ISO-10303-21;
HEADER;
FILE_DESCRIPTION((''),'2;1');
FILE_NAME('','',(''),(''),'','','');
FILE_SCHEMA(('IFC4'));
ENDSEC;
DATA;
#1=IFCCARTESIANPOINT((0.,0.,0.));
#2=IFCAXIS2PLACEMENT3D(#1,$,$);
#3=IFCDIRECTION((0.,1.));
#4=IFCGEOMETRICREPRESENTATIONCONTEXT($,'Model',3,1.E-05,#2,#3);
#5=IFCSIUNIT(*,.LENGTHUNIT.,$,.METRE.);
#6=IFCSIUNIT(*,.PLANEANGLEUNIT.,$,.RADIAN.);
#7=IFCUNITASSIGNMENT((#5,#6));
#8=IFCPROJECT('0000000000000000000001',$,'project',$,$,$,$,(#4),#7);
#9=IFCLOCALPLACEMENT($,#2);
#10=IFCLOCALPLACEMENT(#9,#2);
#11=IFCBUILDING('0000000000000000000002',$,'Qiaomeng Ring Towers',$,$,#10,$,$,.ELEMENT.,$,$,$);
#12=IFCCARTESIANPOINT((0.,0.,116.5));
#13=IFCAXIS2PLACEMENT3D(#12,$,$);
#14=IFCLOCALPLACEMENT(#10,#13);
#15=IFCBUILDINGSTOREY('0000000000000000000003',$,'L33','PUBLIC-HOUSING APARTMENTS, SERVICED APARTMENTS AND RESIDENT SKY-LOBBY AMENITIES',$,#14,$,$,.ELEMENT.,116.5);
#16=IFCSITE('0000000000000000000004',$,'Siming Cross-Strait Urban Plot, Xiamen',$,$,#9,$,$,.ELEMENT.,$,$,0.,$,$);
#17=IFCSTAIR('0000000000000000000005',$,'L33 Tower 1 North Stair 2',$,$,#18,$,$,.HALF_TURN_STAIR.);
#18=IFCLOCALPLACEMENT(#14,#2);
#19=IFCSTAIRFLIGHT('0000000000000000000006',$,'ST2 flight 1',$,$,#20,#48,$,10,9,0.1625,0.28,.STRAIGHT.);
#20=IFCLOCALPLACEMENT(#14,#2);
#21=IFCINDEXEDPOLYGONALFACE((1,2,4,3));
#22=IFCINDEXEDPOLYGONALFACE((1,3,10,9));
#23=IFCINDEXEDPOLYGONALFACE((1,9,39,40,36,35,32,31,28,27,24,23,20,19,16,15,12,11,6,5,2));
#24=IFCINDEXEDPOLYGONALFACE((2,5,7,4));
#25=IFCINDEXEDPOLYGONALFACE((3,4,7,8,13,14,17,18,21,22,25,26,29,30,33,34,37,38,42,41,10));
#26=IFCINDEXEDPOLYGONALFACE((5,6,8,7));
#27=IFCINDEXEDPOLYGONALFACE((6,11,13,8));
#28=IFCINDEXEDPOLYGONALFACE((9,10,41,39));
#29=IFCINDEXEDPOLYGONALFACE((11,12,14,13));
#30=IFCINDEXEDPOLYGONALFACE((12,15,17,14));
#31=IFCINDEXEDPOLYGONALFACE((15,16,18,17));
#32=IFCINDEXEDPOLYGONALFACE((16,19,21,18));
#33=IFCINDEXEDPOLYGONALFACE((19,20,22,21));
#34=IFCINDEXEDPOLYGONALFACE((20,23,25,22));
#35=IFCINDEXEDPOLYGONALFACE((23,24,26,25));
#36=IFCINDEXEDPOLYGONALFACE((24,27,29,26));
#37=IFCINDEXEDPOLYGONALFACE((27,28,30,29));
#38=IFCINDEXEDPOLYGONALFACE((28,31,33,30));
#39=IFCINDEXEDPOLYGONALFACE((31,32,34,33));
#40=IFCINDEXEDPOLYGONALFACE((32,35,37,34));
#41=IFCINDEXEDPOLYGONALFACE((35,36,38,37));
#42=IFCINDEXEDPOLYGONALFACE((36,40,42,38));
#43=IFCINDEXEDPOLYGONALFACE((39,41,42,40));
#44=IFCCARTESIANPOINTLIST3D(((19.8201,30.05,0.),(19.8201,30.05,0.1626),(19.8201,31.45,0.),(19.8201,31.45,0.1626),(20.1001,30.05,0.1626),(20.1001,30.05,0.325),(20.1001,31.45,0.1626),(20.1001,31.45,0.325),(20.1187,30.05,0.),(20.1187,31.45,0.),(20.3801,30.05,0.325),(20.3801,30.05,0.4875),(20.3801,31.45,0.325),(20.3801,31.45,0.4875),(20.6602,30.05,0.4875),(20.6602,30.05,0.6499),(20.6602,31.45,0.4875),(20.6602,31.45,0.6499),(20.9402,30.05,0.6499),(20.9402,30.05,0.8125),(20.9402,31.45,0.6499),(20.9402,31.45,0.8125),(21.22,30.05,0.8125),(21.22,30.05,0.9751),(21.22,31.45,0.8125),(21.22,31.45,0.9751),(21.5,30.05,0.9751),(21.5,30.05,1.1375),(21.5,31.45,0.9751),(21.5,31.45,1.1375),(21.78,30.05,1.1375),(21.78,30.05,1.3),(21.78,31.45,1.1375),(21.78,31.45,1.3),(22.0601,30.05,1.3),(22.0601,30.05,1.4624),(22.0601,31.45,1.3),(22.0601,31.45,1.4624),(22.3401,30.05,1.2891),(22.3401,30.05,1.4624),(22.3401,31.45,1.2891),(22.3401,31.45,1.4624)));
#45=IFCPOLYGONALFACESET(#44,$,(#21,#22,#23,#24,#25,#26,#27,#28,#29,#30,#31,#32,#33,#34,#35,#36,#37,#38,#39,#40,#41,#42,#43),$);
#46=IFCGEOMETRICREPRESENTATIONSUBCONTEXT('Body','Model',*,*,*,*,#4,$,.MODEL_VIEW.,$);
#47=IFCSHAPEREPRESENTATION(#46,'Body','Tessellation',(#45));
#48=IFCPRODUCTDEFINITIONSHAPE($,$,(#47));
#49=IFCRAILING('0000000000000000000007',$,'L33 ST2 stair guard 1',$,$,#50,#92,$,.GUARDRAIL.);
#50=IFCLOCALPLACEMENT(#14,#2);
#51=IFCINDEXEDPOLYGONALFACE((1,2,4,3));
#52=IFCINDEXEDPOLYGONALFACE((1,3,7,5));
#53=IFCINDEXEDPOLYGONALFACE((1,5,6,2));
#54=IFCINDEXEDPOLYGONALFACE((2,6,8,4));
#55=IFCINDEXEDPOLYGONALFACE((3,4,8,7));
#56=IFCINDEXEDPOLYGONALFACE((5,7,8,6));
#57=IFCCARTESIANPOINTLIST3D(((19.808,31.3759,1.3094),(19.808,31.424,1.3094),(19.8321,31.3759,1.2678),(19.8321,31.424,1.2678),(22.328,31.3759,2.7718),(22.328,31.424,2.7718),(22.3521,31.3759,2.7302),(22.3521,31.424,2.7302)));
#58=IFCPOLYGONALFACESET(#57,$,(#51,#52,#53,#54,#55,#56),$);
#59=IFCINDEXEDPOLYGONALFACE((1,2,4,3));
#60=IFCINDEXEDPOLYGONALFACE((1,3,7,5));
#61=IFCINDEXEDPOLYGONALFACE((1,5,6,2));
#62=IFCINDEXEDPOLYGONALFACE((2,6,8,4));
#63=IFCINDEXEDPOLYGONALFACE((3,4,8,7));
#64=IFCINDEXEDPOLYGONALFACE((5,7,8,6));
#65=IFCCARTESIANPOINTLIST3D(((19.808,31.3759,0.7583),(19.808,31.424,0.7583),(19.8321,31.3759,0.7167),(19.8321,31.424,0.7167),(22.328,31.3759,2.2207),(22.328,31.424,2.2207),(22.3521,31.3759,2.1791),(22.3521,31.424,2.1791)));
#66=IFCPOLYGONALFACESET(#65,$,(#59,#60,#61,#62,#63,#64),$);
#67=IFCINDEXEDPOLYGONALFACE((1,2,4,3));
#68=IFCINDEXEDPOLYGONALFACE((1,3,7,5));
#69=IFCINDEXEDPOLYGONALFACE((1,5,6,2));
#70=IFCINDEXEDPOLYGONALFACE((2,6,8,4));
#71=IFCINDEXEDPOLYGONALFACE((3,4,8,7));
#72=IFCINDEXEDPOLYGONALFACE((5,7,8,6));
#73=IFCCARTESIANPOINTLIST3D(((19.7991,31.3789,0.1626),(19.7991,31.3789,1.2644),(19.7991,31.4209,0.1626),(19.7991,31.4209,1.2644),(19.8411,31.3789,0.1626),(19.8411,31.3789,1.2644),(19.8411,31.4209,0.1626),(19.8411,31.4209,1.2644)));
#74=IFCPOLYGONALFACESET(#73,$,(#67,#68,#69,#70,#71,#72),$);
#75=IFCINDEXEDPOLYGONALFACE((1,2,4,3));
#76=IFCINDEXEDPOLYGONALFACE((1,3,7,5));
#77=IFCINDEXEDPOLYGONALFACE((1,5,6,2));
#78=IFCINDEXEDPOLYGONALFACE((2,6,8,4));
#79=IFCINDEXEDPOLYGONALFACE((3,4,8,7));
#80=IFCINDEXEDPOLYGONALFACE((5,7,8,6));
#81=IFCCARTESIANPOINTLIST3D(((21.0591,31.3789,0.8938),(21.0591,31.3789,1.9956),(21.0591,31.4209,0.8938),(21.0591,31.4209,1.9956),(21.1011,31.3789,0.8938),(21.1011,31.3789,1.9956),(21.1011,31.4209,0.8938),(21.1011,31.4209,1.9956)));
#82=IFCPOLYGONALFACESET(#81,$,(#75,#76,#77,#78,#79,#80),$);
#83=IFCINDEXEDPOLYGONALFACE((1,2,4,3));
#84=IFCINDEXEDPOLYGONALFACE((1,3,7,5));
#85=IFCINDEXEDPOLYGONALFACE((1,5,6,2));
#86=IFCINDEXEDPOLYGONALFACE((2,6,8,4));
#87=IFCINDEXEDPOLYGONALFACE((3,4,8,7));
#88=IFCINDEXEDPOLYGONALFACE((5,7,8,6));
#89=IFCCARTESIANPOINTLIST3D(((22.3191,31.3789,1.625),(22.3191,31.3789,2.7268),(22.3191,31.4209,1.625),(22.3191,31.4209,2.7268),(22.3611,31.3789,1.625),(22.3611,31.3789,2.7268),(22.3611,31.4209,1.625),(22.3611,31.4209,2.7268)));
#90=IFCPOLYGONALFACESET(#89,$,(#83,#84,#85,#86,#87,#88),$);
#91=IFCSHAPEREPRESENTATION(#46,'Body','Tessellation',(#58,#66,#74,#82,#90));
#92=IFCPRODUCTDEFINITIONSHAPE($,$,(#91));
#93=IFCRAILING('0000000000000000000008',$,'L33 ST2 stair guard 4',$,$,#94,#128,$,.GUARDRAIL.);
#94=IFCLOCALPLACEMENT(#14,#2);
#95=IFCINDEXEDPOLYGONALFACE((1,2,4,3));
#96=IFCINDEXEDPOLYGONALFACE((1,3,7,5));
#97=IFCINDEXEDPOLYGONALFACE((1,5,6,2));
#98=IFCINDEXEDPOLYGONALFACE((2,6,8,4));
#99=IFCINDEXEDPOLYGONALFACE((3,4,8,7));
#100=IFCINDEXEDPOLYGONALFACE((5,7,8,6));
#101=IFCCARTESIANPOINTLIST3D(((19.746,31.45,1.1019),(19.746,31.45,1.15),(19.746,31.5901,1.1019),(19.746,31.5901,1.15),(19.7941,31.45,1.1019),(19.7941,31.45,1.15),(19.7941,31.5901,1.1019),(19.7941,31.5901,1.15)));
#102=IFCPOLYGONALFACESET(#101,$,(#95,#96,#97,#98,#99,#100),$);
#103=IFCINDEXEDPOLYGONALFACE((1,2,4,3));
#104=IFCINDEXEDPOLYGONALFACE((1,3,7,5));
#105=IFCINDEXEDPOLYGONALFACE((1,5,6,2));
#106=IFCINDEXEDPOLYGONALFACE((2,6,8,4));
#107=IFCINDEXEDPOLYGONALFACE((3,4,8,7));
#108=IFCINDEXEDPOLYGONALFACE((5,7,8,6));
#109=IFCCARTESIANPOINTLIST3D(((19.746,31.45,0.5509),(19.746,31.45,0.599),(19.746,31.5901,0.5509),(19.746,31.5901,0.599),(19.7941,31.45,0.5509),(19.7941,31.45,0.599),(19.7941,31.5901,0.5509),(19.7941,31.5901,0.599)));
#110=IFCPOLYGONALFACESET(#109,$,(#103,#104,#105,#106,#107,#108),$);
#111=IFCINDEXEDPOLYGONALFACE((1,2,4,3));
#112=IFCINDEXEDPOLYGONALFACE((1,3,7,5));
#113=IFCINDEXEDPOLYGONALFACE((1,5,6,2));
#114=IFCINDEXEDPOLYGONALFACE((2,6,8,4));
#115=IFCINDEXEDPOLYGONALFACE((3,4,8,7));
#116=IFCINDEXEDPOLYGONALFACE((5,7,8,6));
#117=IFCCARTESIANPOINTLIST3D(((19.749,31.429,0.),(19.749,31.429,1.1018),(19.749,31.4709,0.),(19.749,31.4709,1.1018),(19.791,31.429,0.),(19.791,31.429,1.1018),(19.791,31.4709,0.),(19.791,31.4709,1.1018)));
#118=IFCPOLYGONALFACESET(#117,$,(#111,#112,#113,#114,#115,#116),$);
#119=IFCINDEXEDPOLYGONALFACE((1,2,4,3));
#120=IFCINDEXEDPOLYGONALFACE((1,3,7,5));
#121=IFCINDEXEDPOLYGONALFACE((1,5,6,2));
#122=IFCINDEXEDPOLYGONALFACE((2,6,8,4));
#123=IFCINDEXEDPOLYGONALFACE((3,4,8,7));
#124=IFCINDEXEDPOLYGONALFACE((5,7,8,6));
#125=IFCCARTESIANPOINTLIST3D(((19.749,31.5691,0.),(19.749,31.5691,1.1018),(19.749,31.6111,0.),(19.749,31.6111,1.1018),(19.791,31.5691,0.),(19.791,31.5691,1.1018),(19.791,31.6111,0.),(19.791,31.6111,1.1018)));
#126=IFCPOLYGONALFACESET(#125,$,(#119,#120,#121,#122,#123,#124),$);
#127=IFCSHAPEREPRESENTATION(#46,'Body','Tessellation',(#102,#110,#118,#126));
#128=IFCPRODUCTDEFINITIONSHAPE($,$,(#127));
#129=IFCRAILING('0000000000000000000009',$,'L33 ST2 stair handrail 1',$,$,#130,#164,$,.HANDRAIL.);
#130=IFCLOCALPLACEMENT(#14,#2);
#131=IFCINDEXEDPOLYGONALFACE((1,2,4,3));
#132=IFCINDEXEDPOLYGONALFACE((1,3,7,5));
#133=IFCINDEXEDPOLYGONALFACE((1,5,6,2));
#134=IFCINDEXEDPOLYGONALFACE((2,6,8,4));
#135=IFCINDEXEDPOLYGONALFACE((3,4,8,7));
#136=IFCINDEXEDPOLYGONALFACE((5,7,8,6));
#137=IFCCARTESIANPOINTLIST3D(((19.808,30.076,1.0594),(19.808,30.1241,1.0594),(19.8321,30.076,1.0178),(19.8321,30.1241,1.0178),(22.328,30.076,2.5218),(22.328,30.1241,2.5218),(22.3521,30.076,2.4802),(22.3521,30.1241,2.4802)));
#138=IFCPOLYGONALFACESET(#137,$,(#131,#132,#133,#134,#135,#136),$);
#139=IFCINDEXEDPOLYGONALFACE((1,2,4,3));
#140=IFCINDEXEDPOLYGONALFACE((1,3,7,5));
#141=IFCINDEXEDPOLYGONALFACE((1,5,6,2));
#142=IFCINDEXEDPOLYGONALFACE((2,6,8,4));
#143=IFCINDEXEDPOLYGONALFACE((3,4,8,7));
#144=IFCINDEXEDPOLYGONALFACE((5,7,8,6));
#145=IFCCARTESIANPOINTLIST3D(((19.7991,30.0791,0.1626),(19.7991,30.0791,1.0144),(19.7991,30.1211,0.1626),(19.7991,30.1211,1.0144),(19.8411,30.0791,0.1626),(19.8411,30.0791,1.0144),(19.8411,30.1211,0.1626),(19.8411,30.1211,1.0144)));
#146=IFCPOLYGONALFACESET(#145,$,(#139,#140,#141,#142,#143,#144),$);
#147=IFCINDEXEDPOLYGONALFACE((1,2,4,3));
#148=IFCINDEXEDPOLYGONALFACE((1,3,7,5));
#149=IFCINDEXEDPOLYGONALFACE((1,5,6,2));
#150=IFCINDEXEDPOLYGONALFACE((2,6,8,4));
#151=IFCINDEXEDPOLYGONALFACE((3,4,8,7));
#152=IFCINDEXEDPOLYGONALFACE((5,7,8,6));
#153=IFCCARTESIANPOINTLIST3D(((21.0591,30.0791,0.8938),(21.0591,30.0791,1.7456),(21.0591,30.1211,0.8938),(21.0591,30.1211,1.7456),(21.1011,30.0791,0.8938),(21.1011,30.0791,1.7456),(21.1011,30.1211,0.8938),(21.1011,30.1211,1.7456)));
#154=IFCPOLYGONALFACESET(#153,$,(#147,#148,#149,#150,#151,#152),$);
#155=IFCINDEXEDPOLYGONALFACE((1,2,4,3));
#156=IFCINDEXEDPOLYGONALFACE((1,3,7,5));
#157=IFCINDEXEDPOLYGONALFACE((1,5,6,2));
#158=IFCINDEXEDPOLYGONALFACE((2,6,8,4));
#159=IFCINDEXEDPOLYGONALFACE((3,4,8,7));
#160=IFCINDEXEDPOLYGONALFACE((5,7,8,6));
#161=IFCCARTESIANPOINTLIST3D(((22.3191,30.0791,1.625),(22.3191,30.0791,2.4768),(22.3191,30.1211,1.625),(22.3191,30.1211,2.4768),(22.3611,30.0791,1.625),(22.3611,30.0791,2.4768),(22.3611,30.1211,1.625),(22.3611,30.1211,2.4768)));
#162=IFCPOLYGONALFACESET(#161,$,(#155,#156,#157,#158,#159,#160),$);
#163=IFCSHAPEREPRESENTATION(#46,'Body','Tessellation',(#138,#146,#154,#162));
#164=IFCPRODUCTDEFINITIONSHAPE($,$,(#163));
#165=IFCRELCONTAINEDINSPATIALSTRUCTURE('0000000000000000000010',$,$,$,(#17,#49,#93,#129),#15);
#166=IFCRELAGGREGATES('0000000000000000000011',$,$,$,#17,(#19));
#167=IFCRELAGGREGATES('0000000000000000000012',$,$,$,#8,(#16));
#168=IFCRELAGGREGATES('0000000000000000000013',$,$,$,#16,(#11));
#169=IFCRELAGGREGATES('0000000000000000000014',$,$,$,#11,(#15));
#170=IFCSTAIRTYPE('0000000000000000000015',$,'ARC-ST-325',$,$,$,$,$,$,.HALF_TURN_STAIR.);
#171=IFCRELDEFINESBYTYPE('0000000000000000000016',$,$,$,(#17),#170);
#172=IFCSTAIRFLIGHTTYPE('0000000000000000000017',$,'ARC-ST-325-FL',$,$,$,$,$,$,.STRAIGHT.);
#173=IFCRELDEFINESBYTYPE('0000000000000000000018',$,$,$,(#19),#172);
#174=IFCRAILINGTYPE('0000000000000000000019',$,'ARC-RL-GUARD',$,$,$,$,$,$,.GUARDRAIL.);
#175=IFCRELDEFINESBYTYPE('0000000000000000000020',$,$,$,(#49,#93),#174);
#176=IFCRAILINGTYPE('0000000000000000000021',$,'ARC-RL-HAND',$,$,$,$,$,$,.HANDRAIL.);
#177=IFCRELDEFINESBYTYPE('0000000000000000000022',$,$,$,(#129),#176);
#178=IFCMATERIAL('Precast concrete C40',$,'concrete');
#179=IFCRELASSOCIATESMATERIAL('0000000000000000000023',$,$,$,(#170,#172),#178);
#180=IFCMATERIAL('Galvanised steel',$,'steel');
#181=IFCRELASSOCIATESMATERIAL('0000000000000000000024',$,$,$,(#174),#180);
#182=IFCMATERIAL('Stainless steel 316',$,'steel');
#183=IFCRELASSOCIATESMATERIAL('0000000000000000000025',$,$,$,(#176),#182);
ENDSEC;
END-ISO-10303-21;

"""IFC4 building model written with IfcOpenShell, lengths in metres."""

from ifc_helpers import new_model, si_unit, direction, frame, origin, origin_2d, place, context, subcontext, project, spatial, polyline, rectangle, outline, extrude, source, transform, mapped, material, type_object, element, aggregate, save


model = new_model("IFC4")

# Units and contexts
model_context = context("Model", 3, precision=1e-05, world=origin(), true_north=direction((0.0, 1.0)))
body_context = subcontext(model_context, "Body", "Model", "MODEL_VIEW")
ifc_project = project(units=[si_unit("LENGTHUNIT", "METRE"), si_unit("PLANEANGLEUNIT", "RADIAN")], contexts=[model_context])

# Site, building, storey
site_placement = place(None, origin())
site = spatial("IfcSite", under=ifc_project, at=site_placement, Name="Siming Cross-Strait Urban Plot, Xiamen", CompositionType="ELEMENT", RefElevation=0.0)
building_placement = place(site_placement, origin())
building = spatial("IfcBuilding", under=site, at=building_placement, Name="Qiaomeng Ring Towers", CompositionType="ELEMENT")
storey_placement = place(building_placement, frame((0.0, 0.0, 116.5)))
storey = spatial("IfcBuildingStorey", under=building, at=storey_placement, Name="L33", Description="PUBLIC-HOUSING APARTMENTS, SERVICED APARTMENTS AND RESIDENT SKY-LOBBY AMENITIES", CompositionType="ELEMENT", Elevation=116.5)

# Stair, stair flight
ifc_material_1 = material(Name="Precast concrete C40", Category="concrete")
stair_type = type_object("IfcStairType", Name="ARC-ST-325", PredefinedType="HALF_TURN_STAIR", material=ifc_material_1)
stair_placement = place(storey_placement, origin())
stair = element("IfcStair", 1, at=stair_placement, inside=storey, type_object=stair_type, Name="L33 Tower 1 North Stair 2", PredefinedType="HALF_TURN_STAIR")
stair_flight_type = type_object("IfcStairFlightType", Name="ARC-ST-325-FL", PredefinedType="STRAIGHT", material=ifc_material_1)
shared_shape_1 = source(origin(), body_context, "Body", "SweptSolid", [
    extrude(outline(polyline([(0.0, 0.0), (0.0, 0.1626), (0.28, 0.1626), (0.28, 0.325), (0.5601, 0.325), (0.5601, 0.4875), (0.8401, 0.4875), (0.8401, 0.6499), (1.1201, 0.6499), (1.1201, 0.8125), (1.3999, 0.8125), (1.3999, 0.9751), (1.6799, 0.9751), (1.6799, 1.1375), (1.96, 1.1375), (1.96, 1.3), (2.24, 1.3), (2.24, 1.4624), (2.52, 1.4624), (2.52, 1.625), (2.52, 1.2891), (0.2986, 0.0), (0.0, 0.0)])), frame((0.0, 0.7, 0.0), z_axis=(0.0, -1.0, 0.0), x_axis=(1.0, 0.0, 0.0)), (0.0, 0.0, 1.0), 1.3999),
])
stair_flight_placement = place(storey_placement, frame((19.8201, 30.75, 0.0), z_axis=(0.0, 0.0, 1.0), x_axis=(1.0, 0.0, 0.0)))
stair_flight = element("IfcStairFlight", 2, at=stair_flight_placement, type_object=stair_flight_type, Name="ST2 flight 1", NumberOfRisers=10, NumberOfTreads=9, PredefinedType="STRAIGHT", RiserHeight=0.1625, TreadLength=0.28, context=body_context, shape_type="MappedRepresentation", body=[
    mapped(shared_shape_1, transform((0.0, 0.0, 0.0), x_axis=(1.0, 0.0, 0.0), y_axis=(0.0, 1.0, 0.0), z_axis=(0.0, 0.0, 1.0), scale=1.0)),
])
aggregate(stair, [stair_flight])

# Railings
ifc_material_2 = material(Name="Galvanised steel", Category="steel")
railing_type_1 = type_object("IfcRailingType", Name="ARC-RL-GUARD", PredefinedType="GUARDRAIL", material=ifc_material_2)
railing_1_placement = place(storey_placement, frame((19.8201, 31.3999, 0.1626)))
element("IfcRailing", 3, at=railing_1_placement, inside=storey, type_object=railing_type_1, Name="L33 ST2 stair guard 1", PredefinedType="GUARDRAIL", context=body_context, shape_type="SweptSolid", body=[
    extrude(rectangle(XDim=0.0481, YDim=0.0481, at=origin_2d()), frame((0.0, 0.0, 1.126), z_axis=(0.864913, 0.0, 0.501921), x_axis=(0.0, 1.0, 0.0)), (0.0, 0.0, 1.0), 2.9136),
    extrude(rectangle(XDim=0.0481, YDim=0.0481, at=origin_2d()), frame((0.0, 0.0, 0.575), z_axis=(0.864913, 0.0, 0.501921), x_axis=(0.0, 1.0, 0.0)), (0.0, 0.0, 1.0), 2.9136),
    extrude(rectangle(XDim=0.042, YDim=0.042, at=origin_2d()), origin(), (0.0, 0.0, 1.0), 1.1018),
    extrude(rectangle(XDim=0.042, YDim=0.042, at=origin_2d()), frame((1.26, 0.0, 0.7312)), (0.0, 0.0, 1.0), 1.1018),
    extrude(rectangle(XDim=0.042, YDim=0.042, at=origin_2d()), frame((2.52, 0.0, 1.4624)), (0.0, 0.0, 1.0), 1.1018),
])
railing_2_placement = place(storey_placement, frame((19.77, 31.45, 0.0)))
element("IfcRailing", 4, at=railing_2_placement, inside=storey, type_object=railing_type_1, Name="L33 ST2 stair guard 4", PredefinedType="GUARDRAIL", context=body_context, shape_type="SweptSolid", body=[
    extrude(rectangle(XDim=0.0481, YDim=0.0481, at=origin_2d()), frame((0.0, 0.0, 1.126), z_axis=(0.0, 1.0, 0.0), x_axis=(-1.0, 0.0, 0.0)), (0.0, 0.0, 1.0), 0.1401),
    extrude(rectangle(XDim=0.0481, YDim=0.0481, at=origin_2d()), frame((0.0, 0.0, 0.575), z_axis=(0.0, 1.0, 0.0), x_axis=(-1.0, 0.0, 0.0)), (0.0, 0.0, 1.0), 0.1401),
    extrude(rectangle(XDim=0.042, YDim=0.042, at=origin_2d()), origin(), (0.0, 0.0, 1.0), 1.1018),
    extrude(rectangle(XDim=0.042, YDim=0.042, at=origin_2d()), frame((0.0, 0.1401, 0.0)), (0.0, 0.0, 1.0), 1.1018),
])
ifc_material_3 = material(Name="Stainless steel 316", Category="steel")
railing_type_2 = type_object("IfcRailingType", Name="ARC-RL-HAND", PredefinedType="HANDRAIL", material=ifc_material_3)
railing_3_placement = place(storey_placement, frame((19.8201, 30.1001, 0.1626)))
element("IfcRailing", 5, at=railing_3_placement, inside=storey, type_object=railing_type_2, Name="L33 ST2 stair handrail 1", PredefinedType="HANDRAIL", context=body_context, shape_type="SweptSolid", body=[
    extrude(rectangle(XDim=0.0481, YDim=0.0481, at=origin_2d()), frame((0.0, 0.0, 0.876), z_axis=(0.864913, 0.0, 0.501921), x_axis=(0.0, 1.0, 0.0)), (0.0, 0.0, 1.0), 2.9136),
    extrude(rectangle(XDim=0.042, YDim=0.042, at=origin_2d()), origin(), (0.0, 0.0, 1.0), 0.8518),
    extrude(rectangle(XDim=0.042, YDim=0.042, at=origin_2d()), frame((1.26, 0.0, 0.7312)), (0.0, 0.0, 1.0), 0.8518),
    extrude(rectangle(XDim=0.042, YDim=0.042, at=origin_2d()), frame((2.52, 0.0, 1.4624)), (0.0, 0.0, 1.0), 0.8518),
])

save(model, "model.ifc")
